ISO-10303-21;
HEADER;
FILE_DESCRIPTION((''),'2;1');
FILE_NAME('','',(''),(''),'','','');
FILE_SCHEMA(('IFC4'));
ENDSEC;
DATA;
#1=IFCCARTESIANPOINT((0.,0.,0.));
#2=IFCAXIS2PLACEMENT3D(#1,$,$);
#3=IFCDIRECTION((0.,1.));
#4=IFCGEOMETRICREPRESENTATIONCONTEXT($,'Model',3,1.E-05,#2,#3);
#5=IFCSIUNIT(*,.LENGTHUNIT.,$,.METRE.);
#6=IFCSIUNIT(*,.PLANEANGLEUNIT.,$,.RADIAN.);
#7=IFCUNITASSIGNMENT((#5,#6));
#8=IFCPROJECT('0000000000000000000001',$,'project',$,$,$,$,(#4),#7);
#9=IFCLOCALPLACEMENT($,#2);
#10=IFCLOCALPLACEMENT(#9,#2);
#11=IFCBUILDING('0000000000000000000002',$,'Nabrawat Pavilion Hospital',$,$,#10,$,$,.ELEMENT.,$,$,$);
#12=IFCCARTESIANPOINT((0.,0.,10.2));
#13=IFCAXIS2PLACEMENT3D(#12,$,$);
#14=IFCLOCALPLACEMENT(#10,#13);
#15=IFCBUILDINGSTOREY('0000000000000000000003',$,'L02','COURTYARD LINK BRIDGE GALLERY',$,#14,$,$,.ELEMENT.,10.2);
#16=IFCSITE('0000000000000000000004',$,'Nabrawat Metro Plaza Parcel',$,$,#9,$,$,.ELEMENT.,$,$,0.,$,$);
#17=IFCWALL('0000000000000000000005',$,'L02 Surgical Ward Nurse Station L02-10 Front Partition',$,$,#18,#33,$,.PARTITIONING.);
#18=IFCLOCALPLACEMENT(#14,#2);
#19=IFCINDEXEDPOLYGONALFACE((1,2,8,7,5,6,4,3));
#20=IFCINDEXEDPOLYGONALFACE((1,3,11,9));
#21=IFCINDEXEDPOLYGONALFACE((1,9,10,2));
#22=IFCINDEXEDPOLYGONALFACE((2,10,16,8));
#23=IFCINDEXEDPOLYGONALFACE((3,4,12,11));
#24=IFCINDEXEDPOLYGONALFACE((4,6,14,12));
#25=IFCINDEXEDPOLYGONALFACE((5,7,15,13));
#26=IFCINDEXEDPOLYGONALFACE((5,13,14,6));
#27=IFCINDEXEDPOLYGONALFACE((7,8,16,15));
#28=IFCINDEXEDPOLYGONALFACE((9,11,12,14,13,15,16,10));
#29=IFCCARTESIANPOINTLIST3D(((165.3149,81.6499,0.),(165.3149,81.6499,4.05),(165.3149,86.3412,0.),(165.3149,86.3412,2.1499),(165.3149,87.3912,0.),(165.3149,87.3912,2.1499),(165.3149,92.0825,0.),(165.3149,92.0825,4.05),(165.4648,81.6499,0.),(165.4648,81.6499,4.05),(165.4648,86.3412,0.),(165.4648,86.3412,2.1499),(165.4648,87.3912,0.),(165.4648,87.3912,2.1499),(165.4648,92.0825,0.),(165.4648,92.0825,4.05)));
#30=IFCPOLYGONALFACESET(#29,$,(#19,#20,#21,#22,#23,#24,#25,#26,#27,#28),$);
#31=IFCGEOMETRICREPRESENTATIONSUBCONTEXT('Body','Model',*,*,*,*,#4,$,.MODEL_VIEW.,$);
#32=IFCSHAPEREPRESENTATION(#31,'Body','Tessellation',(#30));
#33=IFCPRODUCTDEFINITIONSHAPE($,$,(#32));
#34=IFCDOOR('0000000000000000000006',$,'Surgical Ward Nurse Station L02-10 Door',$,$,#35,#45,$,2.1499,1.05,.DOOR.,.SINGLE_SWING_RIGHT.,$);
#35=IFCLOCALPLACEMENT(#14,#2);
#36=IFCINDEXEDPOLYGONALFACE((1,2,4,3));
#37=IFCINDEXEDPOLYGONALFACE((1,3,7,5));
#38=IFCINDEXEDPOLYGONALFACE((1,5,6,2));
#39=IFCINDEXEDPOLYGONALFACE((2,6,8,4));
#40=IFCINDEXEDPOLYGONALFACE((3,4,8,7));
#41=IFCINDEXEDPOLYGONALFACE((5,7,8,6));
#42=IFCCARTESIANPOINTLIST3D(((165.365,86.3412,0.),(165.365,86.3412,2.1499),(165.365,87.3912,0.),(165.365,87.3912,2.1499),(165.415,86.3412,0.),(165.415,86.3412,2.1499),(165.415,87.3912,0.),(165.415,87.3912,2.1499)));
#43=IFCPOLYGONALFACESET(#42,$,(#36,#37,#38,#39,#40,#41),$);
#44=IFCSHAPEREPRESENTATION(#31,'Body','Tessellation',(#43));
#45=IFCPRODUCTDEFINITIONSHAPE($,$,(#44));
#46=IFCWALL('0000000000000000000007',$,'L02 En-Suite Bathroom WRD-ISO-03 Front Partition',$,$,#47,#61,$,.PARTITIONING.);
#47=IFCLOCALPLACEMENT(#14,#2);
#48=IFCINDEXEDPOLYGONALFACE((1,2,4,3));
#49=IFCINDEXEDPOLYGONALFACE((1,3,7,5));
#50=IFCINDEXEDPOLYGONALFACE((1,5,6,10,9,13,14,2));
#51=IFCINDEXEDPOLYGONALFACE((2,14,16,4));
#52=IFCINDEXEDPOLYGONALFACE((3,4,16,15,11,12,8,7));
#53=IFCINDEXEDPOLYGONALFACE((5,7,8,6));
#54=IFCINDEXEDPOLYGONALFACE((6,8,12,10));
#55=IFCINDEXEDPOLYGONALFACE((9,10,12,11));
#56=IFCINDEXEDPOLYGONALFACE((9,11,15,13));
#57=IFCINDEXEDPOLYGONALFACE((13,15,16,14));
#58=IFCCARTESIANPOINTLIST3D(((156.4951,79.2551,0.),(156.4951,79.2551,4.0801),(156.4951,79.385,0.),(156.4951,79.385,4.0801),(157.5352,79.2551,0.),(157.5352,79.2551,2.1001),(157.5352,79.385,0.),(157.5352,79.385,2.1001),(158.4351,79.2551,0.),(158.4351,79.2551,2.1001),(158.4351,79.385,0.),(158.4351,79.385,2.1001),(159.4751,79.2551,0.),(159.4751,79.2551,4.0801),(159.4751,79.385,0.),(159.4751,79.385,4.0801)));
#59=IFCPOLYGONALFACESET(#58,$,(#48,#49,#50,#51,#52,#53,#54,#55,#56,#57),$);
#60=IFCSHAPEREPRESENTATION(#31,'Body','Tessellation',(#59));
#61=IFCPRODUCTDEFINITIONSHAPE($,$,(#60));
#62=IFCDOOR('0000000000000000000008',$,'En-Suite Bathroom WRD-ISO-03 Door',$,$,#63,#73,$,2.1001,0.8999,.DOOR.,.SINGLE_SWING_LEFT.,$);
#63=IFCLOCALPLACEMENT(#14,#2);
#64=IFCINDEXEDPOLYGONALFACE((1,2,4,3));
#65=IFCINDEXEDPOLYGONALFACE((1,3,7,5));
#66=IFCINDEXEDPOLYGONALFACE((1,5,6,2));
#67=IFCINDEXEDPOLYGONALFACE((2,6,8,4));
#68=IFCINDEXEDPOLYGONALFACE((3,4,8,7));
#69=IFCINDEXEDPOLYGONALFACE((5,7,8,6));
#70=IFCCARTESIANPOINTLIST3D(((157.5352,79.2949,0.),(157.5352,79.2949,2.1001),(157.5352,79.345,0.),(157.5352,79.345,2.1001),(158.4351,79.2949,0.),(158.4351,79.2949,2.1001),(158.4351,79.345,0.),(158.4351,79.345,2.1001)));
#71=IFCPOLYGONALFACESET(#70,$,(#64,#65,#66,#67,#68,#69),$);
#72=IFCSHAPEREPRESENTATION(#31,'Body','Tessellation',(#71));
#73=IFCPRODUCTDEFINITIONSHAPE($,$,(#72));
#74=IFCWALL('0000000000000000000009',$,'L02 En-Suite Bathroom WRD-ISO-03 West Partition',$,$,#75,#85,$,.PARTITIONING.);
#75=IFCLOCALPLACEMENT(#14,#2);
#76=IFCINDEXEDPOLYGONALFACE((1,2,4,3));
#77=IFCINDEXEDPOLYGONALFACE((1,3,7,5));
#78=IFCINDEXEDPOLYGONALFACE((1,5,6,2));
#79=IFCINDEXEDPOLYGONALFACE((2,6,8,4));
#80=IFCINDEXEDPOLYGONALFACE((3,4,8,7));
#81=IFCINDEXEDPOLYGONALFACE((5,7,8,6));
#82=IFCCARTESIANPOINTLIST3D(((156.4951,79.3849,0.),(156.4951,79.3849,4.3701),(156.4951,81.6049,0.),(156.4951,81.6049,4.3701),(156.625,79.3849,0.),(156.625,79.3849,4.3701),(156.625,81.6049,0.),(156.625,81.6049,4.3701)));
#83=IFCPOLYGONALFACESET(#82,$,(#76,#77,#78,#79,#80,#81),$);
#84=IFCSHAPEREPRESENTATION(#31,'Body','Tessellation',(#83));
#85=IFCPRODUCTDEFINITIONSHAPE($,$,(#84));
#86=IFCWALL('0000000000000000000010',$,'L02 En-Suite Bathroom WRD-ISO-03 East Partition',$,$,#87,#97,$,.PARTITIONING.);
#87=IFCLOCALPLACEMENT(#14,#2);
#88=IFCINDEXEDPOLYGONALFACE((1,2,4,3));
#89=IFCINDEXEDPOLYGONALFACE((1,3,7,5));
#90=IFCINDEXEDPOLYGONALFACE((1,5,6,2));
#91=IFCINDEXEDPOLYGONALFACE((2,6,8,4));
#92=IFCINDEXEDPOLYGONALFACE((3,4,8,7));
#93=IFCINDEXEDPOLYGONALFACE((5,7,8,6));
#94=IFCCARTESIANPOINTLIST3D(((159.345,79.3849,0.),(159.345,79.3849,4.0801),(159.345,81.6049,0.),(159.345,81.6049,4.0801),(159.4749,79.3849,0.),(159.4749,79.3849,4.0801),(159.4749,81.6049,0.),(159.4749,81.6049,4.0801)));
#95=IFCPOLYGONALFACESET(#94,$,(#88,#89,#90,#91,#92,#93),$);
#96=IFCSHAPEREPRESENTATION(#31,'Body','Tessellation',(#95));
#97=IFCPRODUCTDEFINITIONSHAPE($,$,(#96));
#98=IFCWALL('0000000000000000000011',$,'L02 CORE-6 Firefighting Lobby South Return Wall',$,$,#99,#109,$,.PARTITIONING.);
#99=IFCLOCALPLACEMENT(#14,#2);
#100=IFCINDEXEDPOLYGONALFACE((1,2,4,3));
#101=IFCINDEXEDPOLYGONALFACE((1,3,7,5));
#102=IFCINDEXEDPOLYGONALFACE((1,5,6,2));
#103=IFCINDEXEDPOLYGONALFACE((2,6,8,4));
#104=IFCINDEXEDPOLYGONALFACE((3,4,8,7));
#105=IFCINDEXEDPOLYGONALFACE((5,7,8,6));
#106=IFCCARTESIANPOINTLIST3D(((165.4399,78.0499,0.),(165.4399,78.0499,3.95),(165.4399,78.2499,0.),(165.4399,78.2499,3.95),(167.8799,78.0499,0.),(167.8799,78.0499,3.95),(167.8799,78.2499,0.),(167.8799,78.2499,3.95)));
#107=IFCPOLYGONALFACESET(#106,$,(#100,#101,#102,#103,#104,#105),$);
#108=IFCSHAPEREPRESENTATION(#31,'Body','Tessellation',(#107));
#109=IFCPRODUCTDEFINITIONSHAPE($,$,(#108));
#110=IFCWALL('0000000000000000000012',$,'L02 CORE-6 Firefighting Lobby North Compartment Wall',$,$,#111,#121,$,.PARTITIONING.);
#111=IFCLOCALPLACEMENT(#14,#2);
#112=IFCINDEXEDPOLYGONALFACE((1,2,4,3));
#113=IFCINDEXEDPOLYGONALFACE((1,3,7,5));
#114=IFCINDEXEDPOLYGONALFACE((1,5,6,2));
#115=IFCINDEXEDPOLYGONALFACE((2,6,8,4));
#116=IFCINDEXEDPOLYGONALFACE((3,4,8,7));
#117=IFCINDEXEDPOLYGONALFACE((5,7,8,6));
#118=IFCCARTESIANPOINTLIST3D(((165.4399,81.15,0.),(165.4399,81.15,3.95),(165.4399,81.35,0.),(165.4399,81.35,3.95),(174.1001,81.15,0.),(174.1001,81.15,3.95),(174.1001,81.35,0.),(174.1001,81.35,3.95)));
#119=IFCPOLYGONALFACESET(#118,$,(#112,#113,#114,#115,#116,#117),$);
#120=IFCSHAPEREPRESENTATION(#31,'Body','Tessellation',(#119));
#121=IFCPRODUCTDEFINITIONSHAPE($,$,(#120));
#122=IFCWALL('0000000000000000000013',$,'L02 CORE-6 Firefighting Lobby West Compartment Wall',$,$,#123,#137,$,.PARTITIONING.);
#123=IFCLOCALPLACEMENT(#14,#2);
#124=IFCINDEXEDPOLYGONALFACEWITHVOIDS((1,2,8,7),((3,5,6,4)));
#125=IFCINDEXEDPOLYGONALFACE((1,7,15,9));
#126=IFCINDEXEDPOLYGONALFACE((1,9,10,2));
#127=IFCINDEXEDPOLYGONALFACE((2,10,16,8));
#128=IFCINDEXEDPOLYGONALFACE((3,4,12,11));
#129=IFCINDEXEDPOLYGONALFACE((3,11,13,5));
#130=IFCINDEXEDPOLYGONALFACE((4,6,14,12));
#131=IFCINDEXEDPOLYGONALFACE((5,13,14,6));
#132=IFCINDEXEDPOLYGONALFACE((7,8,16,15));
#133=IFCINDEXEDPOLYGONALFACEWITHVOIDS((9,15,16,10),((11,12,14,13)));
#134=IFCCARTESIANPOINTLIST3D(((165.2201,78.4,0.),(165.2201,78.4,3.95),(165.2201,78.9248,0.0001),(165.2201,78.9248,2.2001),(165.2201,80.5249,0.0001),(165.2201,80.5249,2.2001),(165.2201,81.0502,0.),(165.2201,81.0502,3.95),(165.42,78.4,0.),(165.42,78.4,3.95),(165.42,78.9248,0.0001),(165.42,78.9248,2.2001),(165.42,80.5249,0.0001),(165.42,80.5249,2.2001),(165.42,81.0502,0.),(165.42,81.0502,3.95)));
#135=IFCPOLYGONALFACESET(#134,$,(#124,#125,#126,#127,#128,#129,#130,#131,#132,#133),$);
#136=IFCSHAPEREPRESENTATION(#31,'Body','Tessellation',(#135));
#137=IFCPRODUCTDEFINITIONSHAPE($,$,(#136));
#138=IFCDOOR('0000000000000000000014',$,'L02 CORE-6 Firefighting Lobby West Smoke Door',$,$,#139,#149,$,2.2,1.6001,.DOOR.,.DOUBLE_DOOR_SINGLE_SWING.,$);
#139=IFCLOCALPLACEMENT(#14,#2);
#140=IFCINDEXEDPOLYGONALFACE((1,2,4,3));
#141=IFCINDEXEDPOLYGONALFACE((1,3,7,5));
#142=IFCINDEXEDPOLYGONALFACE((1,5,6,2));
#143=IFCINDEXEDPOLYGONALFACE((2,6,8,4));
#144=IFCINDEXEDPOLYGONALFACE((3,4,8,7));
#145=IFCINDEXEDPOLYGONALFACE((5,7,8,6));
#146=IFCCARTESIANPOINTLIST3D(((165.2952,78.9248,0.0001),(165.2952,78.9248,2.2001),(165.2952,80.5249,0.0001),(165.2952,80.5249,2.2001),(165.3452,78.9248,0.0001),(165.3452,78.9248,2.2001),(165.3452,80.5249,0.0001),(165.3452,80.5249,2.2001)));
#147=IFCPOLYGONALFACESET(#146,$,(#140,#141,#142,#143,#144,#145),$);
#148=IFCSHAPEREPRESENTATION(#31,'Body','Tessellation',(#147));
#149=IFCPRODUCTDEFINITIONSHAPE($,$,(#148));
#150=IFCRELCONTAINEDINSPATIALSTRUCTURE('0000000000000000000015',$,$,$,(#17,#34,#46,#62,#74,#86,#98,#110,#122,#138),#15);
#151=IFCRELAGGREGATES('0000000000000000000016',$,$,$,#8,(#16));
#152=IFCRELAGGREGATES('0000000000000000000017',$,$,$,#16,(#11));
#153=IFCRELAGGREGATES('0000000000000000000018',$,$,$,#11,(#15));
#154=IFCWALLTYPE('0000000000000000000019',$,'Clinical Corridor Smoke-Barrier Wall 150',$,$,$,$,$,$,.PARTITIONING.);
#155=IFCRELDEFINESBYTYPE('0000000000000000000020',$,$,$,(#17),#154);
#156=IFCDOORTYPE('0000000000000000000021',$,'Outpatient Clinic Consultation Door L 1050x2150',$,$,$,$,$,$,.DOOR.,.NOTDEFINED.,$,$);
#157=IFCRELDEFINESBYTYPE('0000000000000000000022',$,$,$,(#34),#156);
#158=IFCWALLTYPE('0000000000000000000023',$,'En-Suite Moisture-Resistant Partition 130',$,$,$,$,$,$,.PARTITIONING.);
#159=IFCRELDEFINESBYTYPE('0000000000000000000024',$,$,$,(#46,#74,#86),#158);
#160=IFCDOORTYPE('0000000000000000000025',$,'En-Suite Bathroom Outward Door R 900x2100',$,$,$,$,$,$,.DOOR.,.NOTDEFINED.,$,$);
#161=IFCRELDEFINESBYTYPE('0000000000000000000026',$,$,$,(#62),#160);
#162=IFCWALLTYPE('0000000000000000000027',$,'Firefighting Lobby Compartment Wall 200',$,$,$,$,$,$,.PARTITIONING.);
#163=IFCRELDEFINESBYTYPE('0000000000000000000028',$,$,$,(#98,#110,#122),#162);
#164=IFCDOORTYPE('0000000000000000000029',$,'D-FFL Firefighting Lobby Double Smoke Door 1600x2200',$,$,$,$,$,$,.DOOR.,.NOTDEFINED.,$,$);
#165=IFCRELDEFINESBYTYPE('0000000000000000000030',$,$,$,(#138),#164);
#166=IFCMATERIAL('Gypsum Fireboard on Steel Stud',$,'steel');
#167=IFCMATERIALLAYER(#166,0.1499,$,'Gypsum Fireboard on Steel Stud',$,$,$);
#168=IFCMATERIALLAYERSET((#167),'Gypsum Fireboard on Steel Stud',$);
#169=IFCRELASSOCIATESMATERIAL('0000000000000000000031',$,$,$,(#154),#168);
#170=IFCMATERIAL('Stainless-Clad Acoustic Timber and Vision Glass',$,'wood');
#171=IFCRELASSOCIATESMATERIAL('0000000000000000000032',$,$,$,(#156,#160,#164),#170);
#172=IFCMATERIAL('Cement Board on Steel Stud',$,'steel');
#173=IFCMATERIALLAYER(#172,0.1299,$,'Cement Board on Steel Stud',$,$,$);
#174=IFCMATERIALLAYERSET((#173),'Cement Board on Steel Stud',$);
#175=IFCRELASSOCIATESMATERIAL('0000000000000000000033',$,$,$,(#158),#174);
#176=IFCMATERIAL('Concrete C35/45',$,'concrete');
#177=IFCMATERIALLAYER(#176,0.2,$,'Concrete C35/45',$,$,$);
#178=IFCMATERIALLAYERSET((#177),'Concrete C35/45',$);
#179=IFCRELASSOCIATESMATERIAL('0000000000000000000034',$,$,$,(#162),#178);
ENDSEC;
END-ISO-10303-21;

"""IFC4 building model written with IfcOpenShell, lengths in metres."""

from ifc_helpers import new_model, si_unit, direction, frame, frame_2d, origin, place, context, subcontext, project, spatial, rectangle, extrude, material, layer, layer_set, type_object, element, fill, save


model = new_model("IFC4")

# Units and contexts
model_context = context("Model", 3, precision=1e-05, world=origin(), true_north=direction((0.0, 1.0)))
body_context = subcontext(model_context, "Body", "Model", "MODEL_VIEW")
ifc_project = project(units=[si_unit("LENGTHUNIT", "METRE"), si_unit("PLANEANGLEUNIT", "RADIAN")], contexts=[model_context])

# Site, building, storey
site_placement = place(None, origin())
site = spatial("IfcSite", under=ifc_project, at=site_placement, Name="Nabrawat Metro Plaza Parcel", CompositionType="ELEMENT", RefElevation=0.0)
building_placement = place(site_placement, origin())
building = spatial("IfcBuilding", under=site, at=building_placement, Name="Nabrawat Pavilion Hospital", CompositionType="ELEMENT")
storey_placement = place(building_placement, frame((0.0, 0.0, 10.2)))
storey = spatial("IfcBuildingStorey", under=building, at=storey_placement, Name="L02", Description="COURTYARD LINK BRIDGE GALLERY", CompositionType="ELEMENT", Elevation=10.2)

# Walls, openings, doors
ifc_material_1 = material(Name="Gypsum Fireboard on Steel Stud", Category="steel")
ifc_layer_1 = layer(ifc_material_1, 0.1499, Name="Gypsum Fireboard on Steel Stud")
ifc_layer_set_1 = layer_set([ifc_layer_1], Name="Gypsum Fireboard on Steel Stud")
wall_type_1 = type_object("IfcWallType", Name="Clinical Corridor Smoke-Barrier Wall 150", PredefinedType="PARTITIONING", material=ifc_layer_set_1)
ifc_material_2 = material(Name="Stainless-Clad Acoustic Timber and Vision Glass", Category="wood")
door_type_1 = type_object("IfcDoorType", Name="Outpatient Clinic Consultation Door L 1050x2150", OperationType="NOTDEFINED", PredefinedType="DOOR", material=ifc_material_2)
wall_1_placement = place(storey_placement, frame((165.3899, 81.6499, 0.0), z_axis=(0.0, 0.0, 1.0), x_axis=(0.0, 1.0, 0.0)))
wall_1 = element("IfcWall", 1, at=wall_1_placement, inside=storey, type_object=wall_type_1, Name="L02 Surgical Ward Nurse Station L02-10 Front Partition", PredefinedType="PARTITIONING", context=body_context, shape_type="SweptSolid", body=[
    extrude(rectangle(XDim=10.4326, YDim=0.1499, at=frame_2d((5.2163, 0.0))), origin(), (0.0, 0.0, 1.0), 4.05),
])
opening_1_placement = place(wall_1_placement, frame((4.6914, 0.0, 0.0)))
opening_1 = element("IfcOpeningElement", 2, at=opening_1_placement, cuts=wall_1, PredefinedType="OPENING", context=body_context, shape_type="SweptSolid", body=[
    extrude(rectangle(XDim=1.05, YDim=2.1499, at=frame_2d((0.5249, 1.075))), frame((0.0, 0.085, 0.0), z_axis=(0.0, -1.0, 0.0), x_axis=(1.0, 0.0, 0.0)), (0.0, 0.0, 1.0), 0.1699),
])
door_1_placement = place(opening_1_placement, origin())
door_1 = element("IfcDoor", 3, at=door_1_placement, inside=storey, type_object=door_type_1, Name="Surgical Ward Nurse Station L02-10 Door", OperationType="SINGLE_SWING_RIGHT", OverallHeight=2.1499, OverallWidth=1.05, PredefinedType="DOOR", context=body_context, shape_type="SweptSolid", body=[
    extrude(rectangle(XDim=1.05, YDim=2.1499, at=frame_2d((0.5249, 1.075))), frame((0.0, 0.0249, 0.0), z_axis=(0.0, -1.0, 0.0), x_axis=(1.0, 0.0, 0.0)), (0.0, 0.0, 1.0), 0.05),
])
fill(opening_1, door_1)
ifc_material_3 = material(Name="Cement Board on Steel Stud", Category="steel")
ifc_layer_2 = layer(ifc_material_3, 0.1299, Name="Cement Board on Steel Stud")
ifc_layer_set_2 = layer_set([ifc_layer_2], Name="Cement Board on Steel Stud")
wall_type_2 = type_object("IfcWallType", Name="En-Suite Moisture-Resistant Partition 130", PredefinedType="PARTITIONING", material=ifc_layer_set_2)
wall_2_placement = place(storey_placement, frame((156.4951, 79.3201, 0.0), z_axis=(0.0, 0.0, 1.0), x_axis=(1.0, 0.0, 0.0)))
wall_2 = element("IfcWall", 4, at=wall_2_placement, inside=storey, type_object=wall_type_2, Name="L02 En-Suite Bathroom WRD-ISO-03 Front Partition", PredefinedType="PARTITIONING", context=body_context, shape_type="SweptSolid", body=[
    extrude(rectangle(XDim=2.98, YDim=0.1299, at=frame_2d((1.49, 0.0))), origin(), (0.0, 0.0, 1.0), 4.0801),
])
opening_2_placement = place(wall_2_placement, frame((1.04, 0.0, 0.0)))
opening_2 = element("IfcOpeningElement", 5, at=opening_2_placement, cuts=wall_2, PredefinedType="OPENING", context=body_context, shape_type="SweptSolid", body=[
    extrude(rectangle(XDim=0.8999, YDim=2.1001, at=frame_2d((0.45, 1.05))), frame((0.0, 0.075, 0.0), z_axis=(0.0, -1.0, 0.0), x_axis=(1.0, 0.0, 0.0)), (0.0, 0.0, 1.0), 0.1499),
])
door_type_2 = type_object("IfcDoorType", Name="En-Suite Bathroom Outward Door R 900x2100", OperationType="NOTDEFINED", PredefinedType="DOOR", material=ifc_material_2)
door_2_placement = place(opening_2_placement, origin())
door_2 = element("IfcDoor", 6, at=door_2_placement, inside=storey, type_object=door_type_2, Name="En-Suite Bathroom WRD-ISO-03 Door", OperationType="SINGLE_SWING_LEFT", OverallHeight=2.1001, OverallWidth=0.8999, PredefinedType="DOOR", context=body_context, shape_type="SweptSolid", body=[
    extrude(rectangle(XDim=0.8999, YDim=2.1001, at=frame_2d((0.45, 1.05))), frame((0.0, 0.0249, 0.0), z_axis=(0.0, -1.0, 0.0), x_axis=(1.0, 0.0, 0.0)), (0.0, 0.0, 1.0), 0.05),
])
fill(opening_2, door_2)

# Walls
wall_3_placement = place(storey_placement, frame((156.5601, 79.385, 0.0), z_axis=(0.0, 0.0, 1.0), x_axis=(0.0, 1.0, 0.0)))
element("IfcWall", 7, at=wall_3_placement, inside=storey, type_object=wall_type_2, Name="L02 En-Suite Bathroom WRD-ISO-03 West Partition", PredefinedType="PARTITIONING", context=body_context, shape_type="SweptSolid", body=[
    extrude(rectangle(XDim=2.22, YDim=0.1299, at=frame_2d((1.1099, 0.0))), origin(), (0.0, 0.0, 1.0), 4.3701),
])
wall_4_placement = place(storey_placement, frame((159.4099, 79.385, 0.0), z_axis=(0.0, 0.0, 1.0), x_axis=(0.0, 1.0, 0.0)))
element("IfcWall", 8, at=wall_4_placement, inside=storey, type_object=wall_type_2, Name="L02 En-Suite Bathroom WRD-ISO-03 East Partition", PredefinedType="PARTITIONING", context=body_context, shape_type="SweptSolid", body=[
    extrude(rectangle(XDim=2.22, YDim=0.1299, at=frame_2d((1.1099, 0.0))), origin(), (0.0, 0.0, 1.0), 4.0801),
])
ifc_material_4 = material(Name="Concrete C35/45", Category="concrete")
ifc_layer_3 = layer(ifc_material_4, 0.2, Name="Concrete C35/45")
ifc_layer_set_3 = layer_set([ifc_layer_3], Name="Concrete C35/45")
wall_type_3 = type_object("IfcWallType", Name="Firefighting Lobby Compartment Wall 200", PredefinedType="PARTITIONING", material=ifc_layer_set_3)
wall_5_placement = place(storey_placement, frame((165.4399, 78.1499, 0.0), z_axis=(0.0, 0.0, 1.0), x_axis=(1.0, 0.0, 0.0)))
element("IfcWall", 9, at=wall_5_placement, inside=storey, type_object=wall_type_3, Name="L02 CORE-6 Firefighting Lobby South Return Wall", PredefinedType="PARTITIONING", context=body_context, shape_type="SweptSolid", body=[
    extrude(rectangle(XDim=2.4399, YDim=0.2, at=frame_2d((1.22, 0.0))), origin(), (0.0, 0.0, 1.0), 3.95),
])
wall_6_placement = place(storey_placement, frame((165.4399, 81.25, 0.0), z_axis=(0.0, 0.0, 1.0), x_axis=(1.0, 0.0, 0.0)))
element("IfcWall", 10, at=wall_6_placement, inside=storey, type_object=wall_type_3, Name="L02 CORE-6 Firefighting Lobby North Compartment Wall", PredefinedType="PARTITIONING", context=body_context, shape_type="SweptSolid", body=[
    extrude(rectangle(XDim=8.6602, YDim=0.2, at=frame_2d((4.3301, 0.0))), origin(), (0.0, 0.0, 1.0), 3.95),
])

# Wall, opening, door
wall_7_placement = place(storey_placement, frame((165.3201, 78.3999, 0.0), z_axis=(0.0, 0.0, 1.0), x_axis=(0.0, 1.0, 0.0)))
wall_7 = element("IfcWall", 11, at=wall_7_placement, inside=storey, type_object=wall_type_3, Name="L02 CORE-6 Firefighting Lobby West Compartment Wall", PredefinedType="PARTITIONING", context=body_context, shape_type="SweptSolid", body=[
    extrude(rectangle(XDim=2.6501, YDim=0.2, at=frame_2d((1.3252, 0.0))), origin(), (0.0, 0.0, 1.0), 3.95),
])
opening_3_placement = place(wall_7_placement, frame((0.5249, 0.0, 0.0)))
opening_3 = element("IfcOpeningElement", 12, at=opening_3_placement, cuts=wall_7, PredefinedType="OPENING", context=body_context, shape_type="SweptSolid", body=[
    extrude(rectangle(XDim=1.6001, YDim=2.2, at=frame_2d((0.8, 1.1001))), frame((0.0, 0.1099, 0.0), z_axis=(0.0, -1.0, 0.0), x_axis=(1.0, 0.0, 0.0)), (0.0, 0.0, 1.0), 0.22),
])
door_type_3 = type_object("IfcDoorType", Name="D-FFL Firefighting Lobby Double Smoke Door 1600x2200", OperationType="NOTDEFINED", PredefinedType="DOOR", material=ifc_material_2)
door_3_placement = place(opening_3_placement, origin())
door_3 = element("IfcDoor", 13, at=door_3_placement, inside=storey, type_object=door_type_3, Name="L02 CORE-6 Firefighting Lobby West Smoke Door", OperationType="DOUBLE_DOOR_SINGLE_SWING", OverallHeight=2.2, OverallWidth=1.6001, PredefinedType="DOOR", context=body_context, shape_type="SweptSolid", body=[
    extrude(rectangle(XDim=1.6001, YDim=2.2, at=frame_2d((0.8, 1.1001))), frame((0.0, 0.0249, 0.0), z_axis=(0.0, -1.0, 0.0), x_axis=(1.0, 0.0, 0.0)), (0.0, 0.0, 1.0), 0.05),
])
fill(opening_3, door_3)

save(model, "model.ifc")
